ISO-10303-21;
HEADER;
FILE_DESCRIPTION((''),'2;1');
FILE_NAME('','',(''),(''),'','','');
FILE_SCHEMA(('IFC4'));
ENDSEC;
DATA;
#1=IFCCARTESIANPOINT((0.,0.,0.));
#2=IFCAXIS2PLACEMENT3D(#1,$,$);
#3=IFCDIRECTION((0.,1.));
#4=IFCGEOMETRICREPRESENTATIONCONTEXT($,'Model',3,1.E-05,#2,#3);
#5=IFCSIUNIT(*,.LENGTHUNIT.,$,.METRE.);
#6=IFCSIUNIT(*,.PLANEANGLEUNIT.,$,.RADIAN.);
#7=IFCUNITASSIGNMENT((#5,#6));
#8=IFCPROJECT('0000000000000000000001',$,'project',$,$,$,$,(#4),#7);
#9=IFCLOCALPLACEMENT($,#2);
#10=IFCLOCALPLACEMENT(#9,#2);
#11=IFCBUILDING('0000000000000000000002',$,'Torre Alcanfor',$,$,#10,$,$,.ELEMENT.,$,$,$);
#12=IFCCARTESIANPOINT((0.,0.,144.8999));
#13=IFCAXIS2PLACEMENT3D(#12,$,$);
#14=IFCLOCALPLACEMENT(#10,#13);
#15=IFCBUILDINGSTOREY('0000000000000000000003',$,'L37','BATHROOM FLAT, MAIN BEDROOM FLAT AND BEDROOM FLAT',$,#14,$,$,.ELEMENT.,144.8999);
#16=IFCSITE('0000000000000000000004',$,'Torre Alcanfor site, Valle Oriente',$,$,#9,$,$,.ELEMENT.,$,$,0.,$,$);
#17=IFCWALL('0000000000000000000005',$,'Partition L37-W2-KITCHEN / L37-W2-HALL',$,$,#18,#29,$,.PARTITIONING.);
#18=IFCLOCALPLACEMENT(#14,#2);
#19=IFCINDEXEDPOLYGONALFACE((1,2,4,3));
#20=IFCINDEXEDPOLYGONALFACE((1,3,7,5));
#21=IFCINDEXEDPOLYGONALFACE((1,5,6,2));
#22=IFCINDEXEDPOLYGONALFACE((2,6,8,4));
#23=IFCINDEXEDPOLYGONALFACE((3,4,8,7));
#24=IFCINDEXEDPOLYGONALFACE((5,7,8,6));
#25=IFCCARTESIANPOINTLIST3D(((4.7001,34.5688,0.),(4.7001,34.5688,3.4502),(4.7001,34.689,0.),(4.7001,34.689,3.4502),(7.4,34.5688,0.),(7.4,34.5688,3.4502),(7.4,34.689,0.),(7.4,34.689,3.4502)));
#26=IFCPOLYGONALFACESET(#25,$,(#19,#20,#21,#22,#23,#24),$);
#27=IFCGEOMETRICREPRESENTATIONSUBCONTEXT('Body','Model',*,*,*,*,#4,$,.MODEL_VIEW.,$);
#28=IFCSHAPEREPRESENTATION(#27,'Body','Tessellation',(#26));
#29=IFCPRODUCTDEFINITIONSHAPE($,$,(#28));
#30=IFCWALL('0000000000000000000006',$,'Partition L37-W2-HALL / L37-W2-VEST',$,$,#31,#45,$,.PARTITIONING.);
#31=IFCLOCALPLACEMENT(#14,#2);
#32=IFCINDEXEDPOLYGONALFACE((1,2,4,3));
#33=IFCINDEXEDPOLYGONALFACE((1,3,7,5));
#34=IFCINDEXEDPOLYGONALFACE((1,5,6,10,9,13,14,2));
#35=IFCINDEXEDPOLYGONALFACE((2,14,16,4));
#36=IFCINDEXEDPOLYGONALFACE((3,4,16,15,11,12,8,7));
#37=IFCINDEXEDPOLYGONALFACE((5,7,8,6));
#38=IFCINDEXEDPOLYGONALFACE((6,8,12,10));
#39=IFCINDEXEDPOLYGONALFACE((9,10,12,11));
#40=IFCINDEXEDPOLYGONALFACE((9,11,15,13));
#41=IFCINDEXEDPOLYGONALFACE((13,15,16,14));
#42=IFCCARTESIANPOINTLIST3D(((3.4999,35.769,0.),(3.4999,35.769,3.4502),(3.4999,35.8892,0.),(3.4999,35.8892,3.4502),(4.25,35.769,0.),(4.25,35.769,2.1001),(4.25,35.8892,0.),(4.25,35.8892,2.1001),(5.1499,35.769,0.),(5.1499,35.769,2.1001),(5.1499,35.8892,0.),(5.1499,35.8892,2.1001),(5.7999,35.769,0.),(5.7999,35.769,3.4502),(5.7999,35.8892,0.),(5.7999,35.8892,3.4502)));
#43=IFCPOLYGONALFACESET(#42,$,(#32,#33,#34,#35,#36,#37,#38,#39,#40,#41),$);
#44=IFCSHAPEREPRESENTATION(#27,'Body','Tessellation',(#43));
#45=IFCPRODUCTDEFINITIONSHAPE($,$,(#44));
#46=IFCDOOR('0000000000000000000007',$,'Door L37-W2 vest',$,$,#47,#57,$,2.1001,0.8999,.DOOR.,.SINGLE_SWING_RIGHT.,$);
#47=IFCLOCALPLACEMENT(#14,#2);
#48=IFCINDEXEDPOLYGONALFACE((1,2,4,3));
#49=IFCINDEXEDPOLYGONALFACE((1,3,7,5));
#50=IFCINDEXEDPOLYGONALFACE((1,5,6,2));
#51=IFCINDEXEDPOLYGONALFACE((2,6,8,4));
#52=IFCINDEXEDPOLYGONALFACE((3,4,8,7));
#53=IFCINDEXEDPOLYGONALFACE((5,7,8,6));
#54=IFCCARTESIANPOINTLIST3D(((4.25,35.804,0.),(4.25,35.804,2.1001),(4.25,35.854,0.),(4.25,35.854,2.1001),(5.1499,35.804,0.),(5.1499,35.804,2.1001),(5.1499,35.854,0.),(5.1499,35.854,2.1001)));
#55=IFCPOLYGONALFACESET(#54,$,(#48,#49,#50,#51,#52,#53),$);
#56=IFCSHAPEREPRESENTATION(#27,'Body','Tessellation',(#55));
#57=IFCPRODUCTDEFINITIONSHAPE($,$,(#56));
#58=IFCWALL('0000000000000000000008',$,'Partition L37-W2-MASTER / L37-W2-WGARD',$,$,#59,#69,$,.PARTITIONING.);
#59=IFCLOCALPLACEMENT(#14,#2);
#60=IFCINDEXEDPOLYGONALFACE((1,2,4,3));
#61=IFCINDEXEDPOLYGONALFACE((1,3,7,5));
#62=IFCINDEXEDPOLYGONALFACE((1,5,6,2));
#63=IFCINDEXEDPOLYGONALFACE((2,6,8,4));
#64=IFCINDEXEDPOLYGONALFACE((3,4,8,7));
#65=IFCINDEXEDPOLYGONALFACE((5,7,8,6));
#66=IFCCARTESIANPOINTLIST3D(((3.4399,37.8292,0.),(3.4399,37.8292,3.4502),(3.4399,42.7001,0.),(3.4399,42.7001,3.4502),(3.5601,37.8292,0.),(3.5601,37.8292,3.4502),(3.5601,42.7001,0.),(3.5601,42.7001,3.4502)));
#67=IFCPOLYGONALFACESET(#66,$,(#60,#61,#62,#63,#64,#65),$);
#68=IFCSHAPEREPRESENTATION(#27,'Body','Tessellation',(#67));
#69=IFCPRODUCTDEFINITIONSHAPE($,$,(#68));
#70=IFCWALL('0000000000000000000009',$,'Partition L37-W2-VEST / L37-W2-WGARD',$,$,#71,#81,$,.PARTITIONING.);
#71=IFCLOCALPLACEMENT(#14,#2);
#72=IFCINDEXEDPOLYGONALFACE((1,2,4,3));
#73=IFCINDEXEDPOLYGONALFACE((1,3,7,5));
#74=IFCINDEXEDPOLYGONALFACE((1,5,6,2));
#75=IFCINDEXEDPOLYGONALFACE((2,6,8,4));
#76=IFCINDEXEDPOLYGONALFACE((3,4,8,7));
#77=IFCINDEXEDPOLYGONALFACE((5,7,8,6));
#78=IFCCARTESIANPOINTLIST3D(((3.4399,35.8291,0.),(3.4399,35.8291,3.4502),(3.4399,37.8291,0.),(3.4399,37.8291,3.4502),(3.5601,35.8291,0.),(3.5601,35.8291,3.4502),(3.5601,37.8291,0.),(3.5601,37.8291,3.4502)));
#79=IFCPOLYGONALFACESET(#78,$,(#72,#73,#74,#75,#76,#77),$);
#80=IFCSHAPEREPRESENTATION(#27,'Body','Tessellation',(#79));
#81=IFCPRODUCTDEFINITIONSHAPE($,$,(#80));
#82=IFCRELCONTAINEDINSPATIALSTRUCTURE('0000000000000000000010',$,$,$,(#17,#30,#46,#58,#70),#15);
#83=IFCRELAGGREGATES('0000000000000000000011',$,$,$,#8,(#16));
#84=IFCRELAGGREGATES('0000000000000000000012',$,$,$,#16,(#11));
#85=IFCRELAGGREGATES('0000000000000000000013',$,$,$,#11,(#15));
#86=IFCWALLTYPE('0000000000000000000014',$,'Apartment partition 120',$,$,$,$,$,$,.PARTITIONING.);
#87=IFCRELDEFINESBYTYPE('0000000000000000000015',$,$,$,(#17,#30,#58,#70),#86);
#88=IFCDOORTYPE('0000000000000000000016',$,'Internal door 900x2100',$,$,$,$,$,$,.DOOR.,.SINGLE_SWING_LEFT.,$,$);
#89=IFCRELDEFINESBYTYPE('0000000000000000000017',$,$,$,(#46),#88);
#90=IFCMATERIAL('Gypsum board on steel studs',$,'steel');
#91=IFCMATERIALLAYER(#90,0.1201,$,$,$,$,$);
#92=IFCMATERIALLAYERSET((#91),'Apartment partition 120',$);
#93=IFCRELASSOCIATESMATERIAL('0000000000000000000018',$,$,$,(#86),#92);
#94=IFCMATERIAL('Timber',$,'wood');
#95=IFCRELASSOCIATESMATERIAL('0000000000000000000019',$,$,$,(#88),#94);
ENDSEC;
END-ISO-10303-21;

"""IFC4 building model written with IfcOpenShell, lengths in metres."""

from ifc_helpers import new_model, si_unit, direction, frame, frame_2d, origin, place, context, subcontext, project, spatial, rectangle, extrude, material, layer, layer_set, type_object, element, fill, save


model = new_model("IFC4")

# Units and contexts
model_context = context("Model", 3, precision=1e-05, world=origin(), true_north=direction((0.0, 1.0)))
body_context = subcontext(model_context, "Body", "Model", "MODEL_VIEW")
ifc_project = project(units=[si_unit("LENGTHUNIT", "METRE"), si_unit("PLANEANGLEUNIT", "RADIAN")], contexts=[model_context])

# Site, building, storey
site_placement = place(None, origin())
site = spatial("IfcSite", under=ifc_project, at=site_placement, Name="Torre Alcanfor site, Valle Oriente", CompositionType="ELEMENT", RefElevation=0.0)
building_placement = place(site_placement, origin())
building = spatial("IfcBuilding", under=site, at=building_placement, Name="Torre Alcanfor", CompositionType="ELEMENT")
storey_placement = place(building_placement, frame((0.0, 0.0, 144.8999)))
storey = spatial("IfcBuildingStorey", under=building, at=storey_placement, Name="L37", Description="BATHROOM FLAT, MAIN BEDROOM FLAT AND BEDROOM FLAT", CompositionType="ELEMENT", Elevation=144.8999)

# Wall
ifc_material_1 = material(Name="Gypsum board on steel studs", Category="steel")
ifc_layer_1 = layer(ifc_material_1, 0.1201)
ifc_layer_set_1 = layer_set([ifc_layer_1], Name="Apartment partition 120")
wall_type_1 = type_object("IfcWallType", Name="Apartment partition 120", PredefinedType="PARTITIONING", material=ifc_layer_set_1)
wall_1_placement = place(storey_placement, frame((4.7, 34.6289, 0.0), z_axis=(0.0, 0.0, 1.0), x_axis=(1.0, 0.0, 0.0)))
element("IfcWall", 1, at=wall_1_placement, inside=storey, type_object=wall_type_1, Name="Partition L37-W2-KITCHEN / L37-W2-HALL", PredefinedType="PARTITIONING", context=body_context, shape_type="SweptSolid", body=[
    extrude(rectangle(XDim=2.7, YDim=0.1201, at=frame_2d((1.3501, 0.0))), origin(), (0.0, 0.0, 1.0), 3.4502),
])

# Wall, opening, door
wall_2_placement = place(storey_placement, frame((3.5, 35.8291, 0.0), z_axis=(0.0, 0.0, 1.0), x_axis=(1.0, 0.0, 0.0)))
wall_2 = element("IfcWall", 2, at=wall_2_placement, inside=storey, type_object=wall_type_1, Name="Partition L37-W2-HALL / L37-W2-VEST", PredefinedType="PARTITIONING", context=body_context, shape_type="SweptSolid", body=[
    extrude(rectangle(XDim=2.3, YDim=0.1201, at=frame_2d((1.1499, 0.0))), origin(), (0.0, 0.0, 1.0), 3.4502),
])
opening_placement = place(wall_2_placement, frame((0.75, 0.0, 0.0)))
opening = element("IfcOpeningElement", 3, at=opening_placement, cuts=wall_2, PredefinedType="OPENING", context=body_context, shape_type="SweptSolid", body=[
    extrude(rectangle(XDim=0.8999, YDim=2.1001, at=frame_2d((0.45, 1.05))), frame((0.0, 0.0701, 0.0), z_axis=(0.0, -1.0, 0.0), x_axis=(1.0, 0.0, 0.0)), (0.0, 0.0, 1.0), 0.1401),
])
ifc_material_2 = material(Name="Timber", Category="wood")
door_type = type_object("IfcDoorType", Name="Internal door 900x2100", OperationType="SINGLE_SWING_LEFT", PredefinedType="DOOR", material=ifc_material_2)
door_placement = place(opening_placement, origin())
door = element("IfcDoor", 4, at=door_placement, inside=storey, type_object=door_type, Name="Door L37-W2 vest", OperationType="SINGLE_SWING_RIGHT", OverallHeight=2.1001, OverallWidth=0.8999, PredefinedType="DOOR", context=body_context, shape_type="SweptSolid", body=[
    extrude(rectangle(XDim=0.8999, YDim=2.1001, at=frame_2d((0.45, 1.05))), frame((0.0, 0.0249, 0.0), z_axis=(0.0, -1.0, 0.0), x_axis=(1.0, 0.0, 0.0)), (0.0, 0.0, 1.0), 0.05),
])
fill(opening, door)

# Walls
wall_3_placement = place(storey_placement, frame((3.5, 37.8291, 0.0), z_axis=(0.0, 0.0, 1.0), x_axis=(0.0, 1.0, 0.0)))
element("IfcWall", 5, at=wall_3_placement, inside=storey, type_object=wall_type_1, Name="Partition L37-W2-MASTER / L37-W2-WGARD", PredefinedType="PARTITIONING", context=body_context, shape_type="SweptSolid", body=[
    extrude(rectangle(XDim=4.8708, YDim=0.1201, at=frame_2d((2.4355, 0.0))), origin(), (0.0, 0.0, 1.0), 3.4502),
])
wall_4_placement = place(storey_placement, frame((3.5, 35.8291, 0.0), z_axis=(0.0, 0.0, 1.0), x_axis=(0.0, 1.0, 0.0)))
element("IfcWall", 6, at=wall_4_placement, inside=storey, type_object=wall_type_1, Name="Partition L37-W2-VEST / L37-W2-WGARD", PredefinedType="PARTITIONING", context=body_context, shape_type="SweptSolid", body=[
    extrude(rectangle(XDim=2.0, YDim=0.1201, at=frame_2d((1.0, 0.0))), origin(), (0.0, 0.0, 1.0), 3.4502),
])

save(model, "model.ifc")
